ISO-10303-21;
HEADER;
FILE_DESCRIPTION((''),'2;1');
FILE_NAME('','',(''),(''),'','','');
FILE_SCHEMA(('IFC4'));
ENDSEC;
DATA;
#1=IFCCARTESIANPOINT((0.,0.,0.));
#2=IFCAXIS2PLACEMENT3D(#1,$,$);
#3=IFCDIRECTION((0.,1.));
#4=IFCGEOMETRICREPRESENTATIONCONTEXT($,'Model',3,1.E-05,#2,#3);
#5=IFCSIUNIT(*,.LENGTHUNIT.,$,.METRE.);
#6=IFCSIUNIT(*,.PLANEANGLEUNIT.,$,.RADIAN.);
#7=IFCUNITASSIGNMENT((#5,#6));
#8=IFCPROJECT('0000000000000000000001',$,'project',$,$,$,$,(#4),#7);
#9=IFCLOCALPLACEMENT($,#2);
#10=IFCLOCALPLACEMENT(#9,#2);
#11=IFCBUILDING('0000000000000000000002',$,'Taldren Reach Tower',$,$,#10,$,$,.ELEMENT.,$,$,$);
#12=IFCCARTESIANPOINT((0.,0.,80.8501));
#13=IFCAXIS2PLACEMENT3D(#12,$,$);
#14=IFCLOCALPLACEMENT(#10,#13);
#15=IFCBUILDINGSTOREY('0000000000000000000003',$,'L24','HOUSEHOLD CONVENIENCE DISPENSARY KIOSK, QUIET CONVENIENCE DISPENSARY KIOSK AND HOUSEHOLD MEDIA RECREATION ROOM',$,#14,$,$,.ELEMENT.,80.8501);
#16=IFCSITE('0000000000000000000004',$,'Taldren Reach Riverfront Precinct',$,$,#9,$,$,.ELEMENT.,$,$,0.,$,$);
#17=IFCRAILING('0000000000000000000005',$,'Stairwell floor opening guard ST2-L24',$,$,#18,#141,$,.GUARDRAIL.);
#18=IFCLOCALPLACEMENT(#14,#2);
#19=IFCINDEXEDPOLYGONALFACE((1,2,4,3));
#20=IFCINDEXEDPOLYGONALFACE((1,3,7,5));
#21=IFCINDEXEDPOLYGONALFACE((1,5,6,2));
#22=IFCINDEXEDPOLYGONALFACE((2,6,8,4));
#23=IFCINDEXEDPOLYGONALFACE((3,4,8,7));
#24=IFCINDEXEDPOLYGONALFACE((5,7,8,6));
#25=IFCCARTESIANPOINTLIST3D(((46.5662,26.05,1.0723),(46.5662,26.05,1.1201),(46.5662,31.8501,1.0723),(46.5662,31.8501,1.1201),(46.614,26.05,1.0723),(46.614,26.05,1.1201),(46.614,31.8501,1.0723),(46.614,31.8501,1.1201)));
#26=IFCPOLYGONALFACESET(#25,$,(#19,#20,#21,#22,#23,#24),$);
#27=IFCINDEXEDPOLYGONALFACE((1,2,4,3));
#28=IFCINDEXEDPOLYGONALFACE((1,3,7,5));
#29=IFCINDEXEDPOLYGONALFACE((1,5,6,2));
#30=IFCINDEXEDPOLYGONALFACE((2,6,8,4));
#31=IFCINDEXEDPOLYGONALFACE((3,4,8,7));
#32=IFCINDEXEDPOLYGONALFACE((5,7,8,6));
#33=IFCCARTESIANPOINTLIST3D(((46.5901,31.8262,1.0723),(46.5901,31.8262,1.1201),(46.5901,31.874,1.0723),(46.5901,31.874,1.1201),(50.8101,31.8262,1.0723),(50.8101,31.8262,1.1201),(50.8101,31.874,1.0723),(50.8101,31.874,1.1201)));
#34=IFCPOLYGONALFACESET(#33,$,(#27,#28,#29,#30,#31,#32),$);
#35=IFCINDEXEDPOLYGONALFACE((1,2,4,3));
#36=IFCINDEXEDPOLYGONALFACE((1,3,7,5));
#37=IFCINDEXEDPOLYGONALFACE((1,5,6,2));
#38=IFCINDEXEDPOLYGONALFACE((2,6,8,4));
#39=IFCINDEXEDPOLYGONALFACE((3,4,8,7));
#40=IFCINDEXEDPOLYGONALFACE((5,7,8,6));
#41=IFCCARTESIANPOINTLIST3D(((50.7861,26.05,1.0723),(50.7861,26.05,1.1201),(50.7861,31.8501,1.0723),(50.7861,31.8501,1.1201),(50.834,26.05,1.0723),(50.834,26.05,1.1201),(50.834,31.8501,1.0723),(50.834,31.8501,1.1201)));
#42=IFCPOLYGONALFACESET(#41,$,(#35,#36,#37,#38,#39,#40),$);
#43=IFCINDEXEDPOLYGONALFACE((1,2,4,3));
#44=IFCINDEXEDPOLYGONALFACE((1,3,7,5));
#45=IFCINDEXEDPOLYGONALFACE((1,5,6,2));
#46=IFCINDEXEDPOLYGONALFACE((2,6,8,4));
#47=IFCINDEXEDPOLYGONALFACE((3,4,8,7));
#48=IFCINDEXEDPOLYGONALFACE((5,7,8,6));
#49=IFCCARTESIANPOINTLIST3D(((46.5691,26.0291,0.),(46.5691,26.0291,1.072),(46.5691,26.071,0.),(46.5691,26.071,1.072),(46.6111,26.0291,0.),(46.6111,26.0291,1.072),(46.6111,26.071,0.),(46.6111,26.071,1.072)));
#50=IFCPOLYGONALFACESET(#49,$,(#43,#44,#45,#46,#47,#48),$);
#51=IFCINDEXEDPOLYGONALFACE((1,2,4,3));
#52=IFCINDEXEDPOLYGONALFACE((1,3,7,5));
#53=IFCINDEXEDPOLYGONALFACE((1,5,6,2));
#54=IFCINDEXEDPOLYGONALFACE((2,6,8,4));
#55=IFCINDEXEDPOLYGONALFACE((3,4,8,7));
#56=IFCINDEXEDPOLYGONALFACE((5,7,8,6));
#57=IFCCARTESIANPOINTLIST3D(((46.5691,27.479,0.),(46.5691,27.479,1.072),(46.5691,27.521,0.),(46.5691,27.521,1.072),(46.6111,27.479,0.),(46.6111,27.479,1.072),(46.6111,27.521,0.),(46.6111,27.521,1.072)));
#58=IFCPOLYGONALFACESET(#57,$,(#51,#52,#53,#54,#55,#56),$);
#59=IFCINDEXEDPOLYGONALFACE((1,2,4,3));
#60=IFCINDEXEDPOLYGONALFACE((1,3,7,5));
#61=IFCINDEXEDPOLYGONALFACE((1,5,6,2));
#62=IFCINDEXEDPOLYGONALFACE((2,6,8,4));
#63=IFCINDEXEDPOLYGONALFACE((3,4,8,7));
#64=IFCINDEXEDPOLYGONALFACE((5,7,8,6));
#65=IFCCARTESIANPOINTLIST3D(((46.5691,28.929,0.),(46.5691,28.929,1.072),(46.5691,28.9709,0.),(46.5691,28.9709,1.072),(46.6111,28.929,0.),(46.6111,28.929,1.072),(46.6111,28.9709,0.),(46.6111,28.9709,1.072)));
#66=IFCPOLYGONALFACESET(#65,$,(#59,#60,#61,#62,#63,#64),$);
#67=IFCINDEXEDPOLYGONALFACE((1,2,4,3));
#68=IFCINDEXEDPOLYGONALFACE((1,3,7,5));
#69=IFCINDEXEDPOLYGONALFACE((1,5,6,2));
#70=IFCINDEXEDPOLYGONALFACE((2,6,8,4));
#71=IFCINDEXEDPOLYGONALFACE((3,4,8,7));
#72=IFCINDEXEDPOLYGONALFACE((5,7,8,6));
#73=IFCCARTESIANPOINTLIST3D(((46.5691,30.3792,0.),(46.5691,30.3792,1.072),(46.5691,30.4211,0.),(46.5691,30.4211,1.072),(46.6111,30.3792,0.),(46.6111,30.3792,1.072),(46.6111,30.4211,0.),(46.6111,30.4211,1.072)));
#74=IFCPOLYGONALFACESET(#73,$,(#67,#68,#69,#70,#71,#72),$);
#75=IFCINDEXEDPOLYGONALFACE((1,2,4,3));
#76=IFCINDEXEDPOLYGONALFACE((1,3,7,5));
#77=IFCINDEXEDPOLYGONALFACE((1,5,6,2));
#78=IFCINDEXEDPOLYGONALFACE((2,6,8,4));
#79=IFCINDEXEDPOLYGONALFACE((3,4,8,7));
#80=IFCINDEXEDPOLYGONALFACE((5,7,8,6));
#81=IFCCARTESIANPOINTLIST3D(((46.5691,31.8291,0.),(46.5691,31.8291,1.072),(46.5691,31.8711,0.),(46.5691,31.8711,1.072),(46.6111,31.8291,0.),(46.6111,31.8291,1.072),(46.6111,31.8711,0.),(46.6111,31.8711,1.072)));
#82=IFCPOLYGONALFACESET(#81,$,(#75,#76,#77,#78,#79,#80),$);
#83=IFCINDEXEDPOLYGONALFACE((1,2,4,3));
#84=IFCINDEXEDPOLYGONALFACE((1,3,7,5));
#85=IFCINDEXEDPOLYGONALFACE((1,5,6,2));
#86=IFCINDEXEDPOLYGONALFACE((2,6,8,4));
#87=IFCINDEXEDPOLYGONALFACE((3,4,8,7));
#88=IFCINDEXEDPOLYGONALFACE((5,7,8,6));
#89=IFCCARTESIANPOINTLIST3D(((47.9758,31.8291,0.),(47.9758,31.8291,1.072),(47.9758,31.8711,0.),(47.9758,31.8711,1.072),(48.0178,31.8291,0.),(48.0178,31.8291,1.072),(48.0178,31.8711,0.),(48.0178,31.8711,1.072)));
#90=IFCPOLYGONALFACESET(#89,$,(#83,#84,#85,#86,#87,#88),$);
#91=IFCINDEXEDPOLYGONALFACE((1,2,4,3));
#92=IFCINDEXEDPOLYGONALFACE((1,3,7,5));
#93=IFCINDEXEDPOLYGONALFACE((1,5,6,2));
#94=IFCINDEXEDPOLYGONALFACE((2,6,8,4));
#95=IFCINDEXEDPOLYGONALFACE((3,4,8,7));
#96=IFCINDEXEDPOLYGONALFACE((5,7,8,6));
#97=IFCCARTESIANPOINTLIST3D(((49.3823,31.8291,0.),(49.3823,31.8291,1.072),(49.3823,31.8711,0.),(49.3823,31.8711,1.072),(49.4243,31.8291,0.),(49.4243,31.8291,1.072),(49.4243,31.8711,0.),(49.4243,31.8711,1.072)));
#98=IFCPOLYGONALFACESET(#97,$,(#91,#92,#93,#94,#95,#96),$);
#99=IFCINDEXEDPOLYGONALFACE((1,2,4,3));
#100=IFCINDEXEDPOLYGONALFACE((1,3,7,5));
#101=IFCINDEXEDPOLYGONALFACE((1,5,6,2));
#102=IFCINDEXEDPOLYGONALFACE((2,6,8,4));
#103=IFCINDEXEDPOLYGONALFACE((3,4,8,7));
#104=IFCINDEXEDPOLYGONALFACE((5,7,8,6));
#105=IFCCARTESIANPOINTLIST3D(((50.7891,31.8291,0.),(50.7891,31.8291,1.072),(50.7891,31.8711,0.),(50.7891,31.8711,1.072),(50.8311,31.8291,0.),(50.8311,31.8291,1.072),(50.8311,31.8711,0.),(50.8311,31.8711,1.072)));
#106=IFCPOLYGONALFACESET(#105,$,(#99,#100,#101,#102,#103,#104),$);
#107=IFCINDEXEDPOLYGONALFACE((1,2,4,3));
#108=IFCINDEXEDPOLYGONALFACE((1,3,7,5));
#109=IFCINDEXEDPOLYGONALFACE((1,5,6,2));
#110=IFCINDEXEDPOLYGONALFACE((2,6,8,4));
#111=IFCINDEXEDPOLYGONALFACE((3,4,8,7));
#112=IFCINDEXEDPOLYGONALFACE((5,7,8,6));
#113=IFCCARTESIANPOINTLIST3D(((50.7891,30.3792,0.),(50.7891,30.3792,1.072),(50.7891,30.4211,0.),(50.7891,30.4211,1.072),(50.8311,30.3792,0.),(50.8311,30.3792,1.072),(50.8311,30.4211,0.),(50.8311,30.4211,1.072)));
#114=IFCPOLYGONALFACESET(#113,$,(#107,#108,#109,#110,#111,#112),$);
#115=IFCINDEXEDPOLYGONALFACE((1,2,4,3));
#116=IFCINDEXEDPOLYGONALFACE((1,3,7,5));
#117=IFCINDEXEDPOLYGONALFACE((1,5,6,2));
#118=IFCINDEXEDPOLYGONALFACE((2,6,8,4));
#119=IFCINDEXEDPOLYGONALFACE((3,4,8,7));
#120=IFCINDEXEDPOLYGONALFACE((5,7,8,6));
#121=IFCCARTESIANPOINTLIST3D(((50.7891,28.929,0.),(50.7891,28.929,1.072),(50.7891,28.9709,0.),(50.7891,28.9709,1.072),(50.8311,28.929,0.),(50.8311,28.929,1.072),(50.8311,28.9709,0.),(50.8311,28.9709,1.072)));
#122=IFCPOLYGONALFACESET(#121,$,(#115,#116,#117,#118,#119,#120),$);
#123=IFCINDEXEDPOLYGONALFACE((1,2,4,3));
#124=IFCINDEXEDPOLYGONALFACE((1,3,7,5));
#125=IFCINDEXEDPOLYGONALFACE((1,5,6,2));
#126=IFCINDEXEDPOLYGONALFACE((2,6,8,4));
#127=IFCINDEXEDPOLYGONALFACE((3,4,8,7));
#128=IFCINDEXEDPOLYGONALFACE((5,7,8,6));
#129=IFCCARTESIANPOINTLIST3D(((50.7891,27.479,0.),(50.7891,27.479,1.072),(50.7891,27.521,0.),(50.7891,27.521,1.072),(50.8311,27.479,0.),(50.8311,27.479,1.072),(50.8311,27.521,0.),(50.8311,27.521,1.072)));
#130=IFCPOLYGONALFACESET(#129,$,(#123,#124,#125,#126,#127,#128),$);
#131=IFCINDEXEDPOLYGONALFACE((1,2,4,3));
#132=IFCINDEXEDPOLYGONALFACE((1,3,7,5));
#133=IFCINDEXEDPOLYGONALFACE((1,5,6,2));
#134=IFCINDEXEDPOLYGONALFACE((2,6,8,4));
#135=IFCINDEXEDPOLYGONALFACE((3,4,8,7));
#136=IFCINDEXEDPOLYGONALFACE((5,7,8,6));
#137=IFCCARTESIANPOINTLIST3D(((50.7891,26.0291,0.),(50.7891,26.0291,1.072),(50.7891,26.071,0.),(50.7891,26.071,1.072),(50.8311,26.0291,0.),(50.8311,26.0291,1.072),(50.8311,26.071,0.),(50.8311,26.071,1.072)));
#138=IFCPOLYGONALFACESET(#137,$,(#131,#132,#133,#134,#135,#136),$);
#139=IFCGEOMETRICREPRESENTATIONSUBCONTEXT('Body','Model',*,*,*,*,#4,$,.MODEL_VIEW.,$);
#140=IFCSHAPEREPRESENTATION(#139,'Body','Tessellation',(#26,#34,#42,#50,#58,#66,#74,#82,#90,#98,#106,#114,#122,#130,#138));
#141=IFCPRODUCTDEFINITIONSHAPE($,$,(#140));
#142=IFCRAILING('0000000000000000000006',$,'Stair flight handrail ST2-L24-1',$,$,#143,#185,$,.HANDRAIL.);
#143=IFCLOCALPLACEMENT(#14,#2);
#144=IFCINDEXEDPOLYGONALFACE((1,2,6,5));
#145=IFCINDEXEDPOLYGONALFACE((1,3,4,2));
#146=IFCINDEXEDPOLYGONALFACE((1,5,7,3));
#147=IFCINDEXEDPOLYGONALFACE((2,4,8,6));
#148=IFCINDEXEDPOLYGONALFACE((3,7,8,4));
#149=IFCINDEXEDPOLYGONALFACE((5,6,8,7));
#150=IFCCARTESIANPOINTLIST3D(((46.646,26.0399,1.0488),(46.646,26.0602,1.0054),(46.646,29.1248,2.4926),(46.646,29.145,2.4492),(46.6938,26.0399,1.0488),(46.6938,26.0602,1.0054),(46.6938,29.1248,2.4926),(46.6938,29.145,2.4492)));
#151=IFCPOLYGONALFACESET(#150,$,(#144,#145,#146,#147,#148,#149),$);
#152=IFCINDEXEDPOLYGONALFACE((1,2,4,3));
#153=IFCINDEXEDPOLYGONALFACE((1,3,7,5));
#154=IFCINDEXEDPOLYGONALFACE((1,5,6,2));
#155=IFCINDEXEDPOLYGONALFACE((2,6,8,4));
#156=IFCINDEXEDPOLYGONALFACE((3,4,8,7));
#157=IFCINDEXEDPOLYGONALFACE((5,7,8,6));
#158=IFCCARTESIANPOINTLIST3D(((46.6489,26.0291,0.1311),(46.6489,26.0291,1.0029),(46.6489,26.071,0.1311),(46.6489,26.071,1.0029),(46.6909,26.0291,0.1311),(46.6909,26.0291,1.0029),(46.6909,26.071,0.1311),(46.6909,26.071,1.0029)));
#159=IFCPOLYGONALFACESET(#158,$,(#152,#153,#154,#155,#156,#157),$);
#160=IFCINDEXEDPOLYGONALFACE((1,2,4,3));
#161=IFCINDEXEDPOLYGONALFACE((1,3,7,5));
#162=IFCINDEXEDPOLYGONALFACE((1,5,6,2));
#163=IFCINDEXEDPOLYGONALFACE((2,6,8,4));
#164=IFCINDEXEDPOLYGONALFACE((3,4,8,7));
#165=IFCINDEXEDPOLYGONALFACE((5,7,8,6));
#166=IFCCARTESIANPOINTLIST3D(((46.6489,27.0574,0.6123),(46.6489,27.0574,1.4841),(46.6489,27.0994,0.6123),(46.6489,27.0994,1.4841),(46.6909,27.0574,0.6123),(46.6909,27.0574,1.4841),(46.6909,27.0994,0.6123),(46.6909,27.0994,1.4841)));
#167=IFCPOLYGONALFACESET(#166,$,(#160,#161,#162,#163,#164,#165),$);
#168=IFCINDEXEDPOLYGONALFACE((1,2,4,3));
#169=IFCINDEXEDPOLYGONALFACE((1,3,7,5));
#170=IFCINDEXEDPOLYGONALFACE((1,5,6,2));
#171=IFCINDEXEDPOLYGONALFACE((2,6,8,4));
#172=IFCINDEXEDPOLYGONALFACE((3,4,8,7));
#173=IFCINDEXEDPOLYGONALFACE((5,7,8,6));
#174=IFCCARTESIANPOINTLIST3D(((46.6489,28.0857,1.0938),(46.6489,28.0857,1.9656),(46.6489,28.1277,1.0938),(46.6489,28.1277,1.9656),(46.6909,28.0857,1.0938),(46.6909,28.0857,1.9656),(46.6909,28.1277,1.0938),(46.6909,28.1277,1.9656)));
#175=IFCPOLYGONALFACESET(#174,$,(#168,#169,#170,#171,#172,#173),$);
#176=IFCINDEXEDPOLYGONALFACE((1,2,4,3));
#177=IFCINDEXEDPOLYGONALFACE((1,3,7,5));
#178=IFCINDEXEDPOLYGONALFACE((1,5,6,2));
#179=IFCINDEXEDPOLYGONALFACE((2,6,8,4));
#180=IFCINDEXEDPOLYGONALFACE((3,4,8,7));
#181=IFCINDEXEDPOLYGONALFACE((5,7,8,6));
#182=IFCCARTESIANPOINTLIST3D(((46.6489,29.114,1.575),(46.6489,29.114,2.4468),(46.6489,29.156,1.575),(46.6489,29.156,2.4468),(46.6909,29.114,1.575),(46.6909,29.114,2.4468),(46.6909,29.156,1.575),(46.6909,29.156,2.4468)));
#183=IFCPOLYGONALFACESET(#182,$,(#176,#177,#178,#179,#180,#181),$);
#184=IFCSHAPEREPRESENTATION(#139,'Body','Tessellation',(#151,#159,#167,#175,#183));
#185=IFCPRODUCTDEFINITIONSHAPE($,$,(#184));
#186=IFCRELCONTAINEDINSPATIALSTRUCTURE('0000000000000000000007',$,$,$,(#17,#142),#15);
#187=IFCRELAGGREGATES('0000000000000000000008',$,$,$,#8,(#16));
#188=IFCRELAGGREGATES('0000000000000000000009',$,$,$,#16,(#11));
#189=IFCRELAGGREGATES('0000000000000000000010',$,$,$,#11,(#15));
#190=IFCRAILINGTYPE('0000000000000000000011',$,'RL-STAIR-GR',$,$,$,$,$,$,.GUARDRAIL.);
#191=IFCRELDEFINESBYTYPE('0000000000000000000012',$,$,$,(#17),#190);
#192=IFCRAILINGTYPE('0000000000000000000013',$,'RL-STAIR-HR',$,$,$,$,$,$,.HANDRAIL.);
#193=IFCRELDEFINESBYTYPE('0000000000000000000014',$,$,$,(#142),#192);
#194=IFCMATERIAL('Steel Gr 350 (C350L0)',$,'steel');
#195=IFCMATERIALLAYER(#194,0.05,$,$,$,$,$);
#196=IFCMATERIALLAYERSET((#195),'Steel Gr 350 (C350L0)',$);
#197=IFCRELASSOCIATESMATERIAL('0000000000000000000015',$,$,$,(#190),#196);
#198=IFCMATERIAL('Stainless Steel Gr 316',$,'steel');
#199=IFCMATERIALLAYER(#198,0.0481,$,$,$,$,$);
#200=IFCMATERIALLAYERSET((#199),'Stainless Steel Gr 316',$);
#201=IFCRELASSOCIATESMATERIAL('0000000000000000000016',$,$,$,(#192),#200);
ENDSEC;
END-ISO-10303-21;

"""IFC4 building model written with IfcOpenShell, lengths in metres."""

from ifc_helpers import new_model, si_unit, direction, frame, origin, origin_2d, place, context, subcontext, project, spatial, rectangle, extrude, material, layer, layer_set, type_object, element, save


model = new_model("IFC4")

# Units and contexts
model_context = context("Model", 3, precision=1e-05, world=origin(), true_north=direction((0.0, 1.0)))
body_context = subcontext(model_context, "Body", "Model", "MODEL_VIEW")
ifc_project = project(units=[si_unit("LENGTHUNIT", "METRE"), si_unit("PLANEANGLEUNIT", "RADIAN")], contexts=[model_context])

# Site, building, storey
site_placement = place(None, origin())
site = spatial("IfcSite", under=ifc_project, at=site_placement, Name="Taldren Reach Riverfront Precinct", CompositionType="ELEMENT", RefElevation=0.0)
building_placement = place(site_placement, origin())
building = spatial("IfcBuilding", under=site, at=building_placement, Name="Taldren Reach Tower", CompositionType="ELEMENT")
storey_placement = place(building_placement, frame((0.0, 0.0, 80.8501)))
storey = spatial("IfcBuildingStorey", under=building, at=storey_placement, Name="L24", Description="HOUSEHOLD CONVENIENCE DISPENSARY KIOSK, QUIET CONVENIENCE DISPENSARY KIOSK AND HOUSEHOLD MEDIA RECREATION ROOM", CompositionType="ELEMENT", Elevation=80.8501)

# Shared definitions
ifc_material_1 = material(Name="Steel Gr 350 (C350L0)", Category="steel")

# Railings
ifc_layer_1 = layer(ifc_material_1, 0.05)
ifc_layer_set_1 = layer_set([ifc_layer_1], Name="Steel Gr 350 (C350L0)")
railing_type_1 = type_object("IfcRailingType", Name="RL-STAIR-GR", PredefinedType="GUARDRAIL", material=ifc_layer_set_1)
railing_1_placement = place(storey_placement, frame((46.5901, 26.05, 0.0)))
element("IfcRailing", 1, at=railing_1_placement, inside=storey, type_object=railing_type_1, Name="Stairwell floor opening guard ST2-L24", PredefinedType="GUARDRAIL", context=body_context, shape_type="SweptSolid", body=[
    extrude(rectangle(XDim=0.0479, YDim=0.0479, at=origin_2d()), frame((0.0, 0.0, 1.0962), z_axis=(0.0, 1.0, 0.0), x_axis=(-1.0, 0.0, 0.0)), (0.0, 0.0, 1.0), 5.8),
    extrude(rectangle(XDim=0.0479, YDim=0.0479, at=origin_2d()), frame((0.0, 5.8, 1.0962), z_axis=(1.0, 0.0, 0.0), x_axis=(0.0, 1.0, 0.0)), (0.0, 0.0, 1.0), 4.22),
    extrude(rectangle(XDim=0.0479, YDim=0.0479, at=origin_2d()), frame((4.22, 5.8, 1.0962), z_axis=(0.0, -1.0, 0.0), x_axis=(1.0, 0.0, 0.0)), (0.0, 0.0, 1.0), 5.8),
    extrude(rectangle(XDim=0.042, YDim=0.042, at=origin_2d()), origin(), (0.0, 0.0, 1.0), 1.072),
    extrude(rectangle(XDim=0.042, YDim=0.042, at=origin_2d()), frame((0.0, 1.45, 0.0)), (0.0, 0.0, 1.0), 1.072),
    extrude(rectangle(XDim=0.042, YDim=0.042, at=origin_2d()), frame((0.0, 2.8999, 0.0)), (0.0, 0.0, 1.0), 1.072),
    extrude(rectangle(XDim=0.042, YDim=0.042, at=origin_2d()), frame((0.0, 4.3501, 0.0)), (0.0, 0.0, 1.0), 1.072),
    extrude(rectangle(XDim=0.042, YDim=0.042, at=origin_2d()), frame((0.0, 5.8, 0.0)), (0.0, 0.0, 1.0), 1.072),
    extrude(rectangle(XDim=0.042, YDim=0.042, at=origin_2d()), frame((1.4067, 5.8, 0.0)), (0.0, 0.0, 1.0), 1.072),
    extrude(rectangle(XDim=0.042, YDim=0.042, at=origin_2d()), frame((2.8132, 5.8, 0.0)), (0.0, 0.0, 1.0), 1.072),
    extrude(rectangle(XDim=0.042, YDim=0.042, at=origin_2d()), frame((4.22, 5.8, 0.0)), (0.0, 0.0, 1.0), 1.072),
    extrude(rectangle(XDim=0.042, YDim=0.042, at=origin_2d()), frame((4.22, 4.3501, 0.0)), (0.0, 0.0, 1.0), 1.072),
    extrude(rectangle(XDim=0.042, YDim=0.042, at=origin_2d()), frame((4.22, 2.8999, 0.0)), (0.0, 0.0, 1.0), 1.072),
    extrude(rectangle(XDim=0.042, YDim=0.042, at=origin_2d()), frame((4.22, 1.45, 0.0)), (0.0, 0.0, 1.0), 1.072),
    extrude(rectangle(XDim=0.042, YDim=0.042, at=origin_2d()), frame((4.22, 0.0, 0.0)), (0.0, 0.0, 1.0), 1.072),
])
ifc_material_2 = material(Name="Stainless Steel Gr 316", Category="steel")
ifc_layer_2 = layer(ifc_material_2, 0.0481)
ifc_layer_set_2 = layer_set([ifc_layer_2], Name="Stainless Steel Gr 316")
railing_type_2 = type_object("IfcRailingType", Name="RL-STAIR-HR", PredefinedType="HANDRAIL", material=ifc_layer_set_2)
railing_2_placement = place(storey_placement, frame((46.6699, 26.05, 0.1311)))
element("IfcRailing", 2, at=railing_2_placement, inside=storey, type_object=railing_type_2, Name="Stair flight handrail ST2-L24-1", PredefinedType="HANDRAIL", context=body_context, shape_type="SweptSolid", body=[
    extrude(rectangle(XDim=0.0479, YDim=0.0479, at=origin_2d()), frame((0.0, 0.0, 0.896), z_axis=(0.0, 0.90571, 0.423898), x_axis=(-1.0, 0.0, 0.0)), (0.0, 0.0, 1.0), 3.406),
    extrude(rectangle(XDim=0.042, YDim=0.042, at=origin_2d()), origin(), (0.0, 0.0, 1.0), 0.8718),
    extrude(rectangle(XDim=0.042, YDim=0.042, at=origin_2d()), frame((0.0, 1.0283, 0.4812)), (0.0, 0.0, 1.0), 0.8718),
    extrude(rectangle(XDim=0.042, YDim=0.042, at=origin_2d()), frame((0.0, 2.0566, 0.9626)), (0.0, 0.0, 1.0), 0.8718),
    extrude(rectangle(XDim=0.042, YDim=0.042, at=origin_2d()), frame((0.0, 3.085, 1.4438)), (0.0, 0.0, 1.0), 0.8718),
])

save(model, "model.ifc")
